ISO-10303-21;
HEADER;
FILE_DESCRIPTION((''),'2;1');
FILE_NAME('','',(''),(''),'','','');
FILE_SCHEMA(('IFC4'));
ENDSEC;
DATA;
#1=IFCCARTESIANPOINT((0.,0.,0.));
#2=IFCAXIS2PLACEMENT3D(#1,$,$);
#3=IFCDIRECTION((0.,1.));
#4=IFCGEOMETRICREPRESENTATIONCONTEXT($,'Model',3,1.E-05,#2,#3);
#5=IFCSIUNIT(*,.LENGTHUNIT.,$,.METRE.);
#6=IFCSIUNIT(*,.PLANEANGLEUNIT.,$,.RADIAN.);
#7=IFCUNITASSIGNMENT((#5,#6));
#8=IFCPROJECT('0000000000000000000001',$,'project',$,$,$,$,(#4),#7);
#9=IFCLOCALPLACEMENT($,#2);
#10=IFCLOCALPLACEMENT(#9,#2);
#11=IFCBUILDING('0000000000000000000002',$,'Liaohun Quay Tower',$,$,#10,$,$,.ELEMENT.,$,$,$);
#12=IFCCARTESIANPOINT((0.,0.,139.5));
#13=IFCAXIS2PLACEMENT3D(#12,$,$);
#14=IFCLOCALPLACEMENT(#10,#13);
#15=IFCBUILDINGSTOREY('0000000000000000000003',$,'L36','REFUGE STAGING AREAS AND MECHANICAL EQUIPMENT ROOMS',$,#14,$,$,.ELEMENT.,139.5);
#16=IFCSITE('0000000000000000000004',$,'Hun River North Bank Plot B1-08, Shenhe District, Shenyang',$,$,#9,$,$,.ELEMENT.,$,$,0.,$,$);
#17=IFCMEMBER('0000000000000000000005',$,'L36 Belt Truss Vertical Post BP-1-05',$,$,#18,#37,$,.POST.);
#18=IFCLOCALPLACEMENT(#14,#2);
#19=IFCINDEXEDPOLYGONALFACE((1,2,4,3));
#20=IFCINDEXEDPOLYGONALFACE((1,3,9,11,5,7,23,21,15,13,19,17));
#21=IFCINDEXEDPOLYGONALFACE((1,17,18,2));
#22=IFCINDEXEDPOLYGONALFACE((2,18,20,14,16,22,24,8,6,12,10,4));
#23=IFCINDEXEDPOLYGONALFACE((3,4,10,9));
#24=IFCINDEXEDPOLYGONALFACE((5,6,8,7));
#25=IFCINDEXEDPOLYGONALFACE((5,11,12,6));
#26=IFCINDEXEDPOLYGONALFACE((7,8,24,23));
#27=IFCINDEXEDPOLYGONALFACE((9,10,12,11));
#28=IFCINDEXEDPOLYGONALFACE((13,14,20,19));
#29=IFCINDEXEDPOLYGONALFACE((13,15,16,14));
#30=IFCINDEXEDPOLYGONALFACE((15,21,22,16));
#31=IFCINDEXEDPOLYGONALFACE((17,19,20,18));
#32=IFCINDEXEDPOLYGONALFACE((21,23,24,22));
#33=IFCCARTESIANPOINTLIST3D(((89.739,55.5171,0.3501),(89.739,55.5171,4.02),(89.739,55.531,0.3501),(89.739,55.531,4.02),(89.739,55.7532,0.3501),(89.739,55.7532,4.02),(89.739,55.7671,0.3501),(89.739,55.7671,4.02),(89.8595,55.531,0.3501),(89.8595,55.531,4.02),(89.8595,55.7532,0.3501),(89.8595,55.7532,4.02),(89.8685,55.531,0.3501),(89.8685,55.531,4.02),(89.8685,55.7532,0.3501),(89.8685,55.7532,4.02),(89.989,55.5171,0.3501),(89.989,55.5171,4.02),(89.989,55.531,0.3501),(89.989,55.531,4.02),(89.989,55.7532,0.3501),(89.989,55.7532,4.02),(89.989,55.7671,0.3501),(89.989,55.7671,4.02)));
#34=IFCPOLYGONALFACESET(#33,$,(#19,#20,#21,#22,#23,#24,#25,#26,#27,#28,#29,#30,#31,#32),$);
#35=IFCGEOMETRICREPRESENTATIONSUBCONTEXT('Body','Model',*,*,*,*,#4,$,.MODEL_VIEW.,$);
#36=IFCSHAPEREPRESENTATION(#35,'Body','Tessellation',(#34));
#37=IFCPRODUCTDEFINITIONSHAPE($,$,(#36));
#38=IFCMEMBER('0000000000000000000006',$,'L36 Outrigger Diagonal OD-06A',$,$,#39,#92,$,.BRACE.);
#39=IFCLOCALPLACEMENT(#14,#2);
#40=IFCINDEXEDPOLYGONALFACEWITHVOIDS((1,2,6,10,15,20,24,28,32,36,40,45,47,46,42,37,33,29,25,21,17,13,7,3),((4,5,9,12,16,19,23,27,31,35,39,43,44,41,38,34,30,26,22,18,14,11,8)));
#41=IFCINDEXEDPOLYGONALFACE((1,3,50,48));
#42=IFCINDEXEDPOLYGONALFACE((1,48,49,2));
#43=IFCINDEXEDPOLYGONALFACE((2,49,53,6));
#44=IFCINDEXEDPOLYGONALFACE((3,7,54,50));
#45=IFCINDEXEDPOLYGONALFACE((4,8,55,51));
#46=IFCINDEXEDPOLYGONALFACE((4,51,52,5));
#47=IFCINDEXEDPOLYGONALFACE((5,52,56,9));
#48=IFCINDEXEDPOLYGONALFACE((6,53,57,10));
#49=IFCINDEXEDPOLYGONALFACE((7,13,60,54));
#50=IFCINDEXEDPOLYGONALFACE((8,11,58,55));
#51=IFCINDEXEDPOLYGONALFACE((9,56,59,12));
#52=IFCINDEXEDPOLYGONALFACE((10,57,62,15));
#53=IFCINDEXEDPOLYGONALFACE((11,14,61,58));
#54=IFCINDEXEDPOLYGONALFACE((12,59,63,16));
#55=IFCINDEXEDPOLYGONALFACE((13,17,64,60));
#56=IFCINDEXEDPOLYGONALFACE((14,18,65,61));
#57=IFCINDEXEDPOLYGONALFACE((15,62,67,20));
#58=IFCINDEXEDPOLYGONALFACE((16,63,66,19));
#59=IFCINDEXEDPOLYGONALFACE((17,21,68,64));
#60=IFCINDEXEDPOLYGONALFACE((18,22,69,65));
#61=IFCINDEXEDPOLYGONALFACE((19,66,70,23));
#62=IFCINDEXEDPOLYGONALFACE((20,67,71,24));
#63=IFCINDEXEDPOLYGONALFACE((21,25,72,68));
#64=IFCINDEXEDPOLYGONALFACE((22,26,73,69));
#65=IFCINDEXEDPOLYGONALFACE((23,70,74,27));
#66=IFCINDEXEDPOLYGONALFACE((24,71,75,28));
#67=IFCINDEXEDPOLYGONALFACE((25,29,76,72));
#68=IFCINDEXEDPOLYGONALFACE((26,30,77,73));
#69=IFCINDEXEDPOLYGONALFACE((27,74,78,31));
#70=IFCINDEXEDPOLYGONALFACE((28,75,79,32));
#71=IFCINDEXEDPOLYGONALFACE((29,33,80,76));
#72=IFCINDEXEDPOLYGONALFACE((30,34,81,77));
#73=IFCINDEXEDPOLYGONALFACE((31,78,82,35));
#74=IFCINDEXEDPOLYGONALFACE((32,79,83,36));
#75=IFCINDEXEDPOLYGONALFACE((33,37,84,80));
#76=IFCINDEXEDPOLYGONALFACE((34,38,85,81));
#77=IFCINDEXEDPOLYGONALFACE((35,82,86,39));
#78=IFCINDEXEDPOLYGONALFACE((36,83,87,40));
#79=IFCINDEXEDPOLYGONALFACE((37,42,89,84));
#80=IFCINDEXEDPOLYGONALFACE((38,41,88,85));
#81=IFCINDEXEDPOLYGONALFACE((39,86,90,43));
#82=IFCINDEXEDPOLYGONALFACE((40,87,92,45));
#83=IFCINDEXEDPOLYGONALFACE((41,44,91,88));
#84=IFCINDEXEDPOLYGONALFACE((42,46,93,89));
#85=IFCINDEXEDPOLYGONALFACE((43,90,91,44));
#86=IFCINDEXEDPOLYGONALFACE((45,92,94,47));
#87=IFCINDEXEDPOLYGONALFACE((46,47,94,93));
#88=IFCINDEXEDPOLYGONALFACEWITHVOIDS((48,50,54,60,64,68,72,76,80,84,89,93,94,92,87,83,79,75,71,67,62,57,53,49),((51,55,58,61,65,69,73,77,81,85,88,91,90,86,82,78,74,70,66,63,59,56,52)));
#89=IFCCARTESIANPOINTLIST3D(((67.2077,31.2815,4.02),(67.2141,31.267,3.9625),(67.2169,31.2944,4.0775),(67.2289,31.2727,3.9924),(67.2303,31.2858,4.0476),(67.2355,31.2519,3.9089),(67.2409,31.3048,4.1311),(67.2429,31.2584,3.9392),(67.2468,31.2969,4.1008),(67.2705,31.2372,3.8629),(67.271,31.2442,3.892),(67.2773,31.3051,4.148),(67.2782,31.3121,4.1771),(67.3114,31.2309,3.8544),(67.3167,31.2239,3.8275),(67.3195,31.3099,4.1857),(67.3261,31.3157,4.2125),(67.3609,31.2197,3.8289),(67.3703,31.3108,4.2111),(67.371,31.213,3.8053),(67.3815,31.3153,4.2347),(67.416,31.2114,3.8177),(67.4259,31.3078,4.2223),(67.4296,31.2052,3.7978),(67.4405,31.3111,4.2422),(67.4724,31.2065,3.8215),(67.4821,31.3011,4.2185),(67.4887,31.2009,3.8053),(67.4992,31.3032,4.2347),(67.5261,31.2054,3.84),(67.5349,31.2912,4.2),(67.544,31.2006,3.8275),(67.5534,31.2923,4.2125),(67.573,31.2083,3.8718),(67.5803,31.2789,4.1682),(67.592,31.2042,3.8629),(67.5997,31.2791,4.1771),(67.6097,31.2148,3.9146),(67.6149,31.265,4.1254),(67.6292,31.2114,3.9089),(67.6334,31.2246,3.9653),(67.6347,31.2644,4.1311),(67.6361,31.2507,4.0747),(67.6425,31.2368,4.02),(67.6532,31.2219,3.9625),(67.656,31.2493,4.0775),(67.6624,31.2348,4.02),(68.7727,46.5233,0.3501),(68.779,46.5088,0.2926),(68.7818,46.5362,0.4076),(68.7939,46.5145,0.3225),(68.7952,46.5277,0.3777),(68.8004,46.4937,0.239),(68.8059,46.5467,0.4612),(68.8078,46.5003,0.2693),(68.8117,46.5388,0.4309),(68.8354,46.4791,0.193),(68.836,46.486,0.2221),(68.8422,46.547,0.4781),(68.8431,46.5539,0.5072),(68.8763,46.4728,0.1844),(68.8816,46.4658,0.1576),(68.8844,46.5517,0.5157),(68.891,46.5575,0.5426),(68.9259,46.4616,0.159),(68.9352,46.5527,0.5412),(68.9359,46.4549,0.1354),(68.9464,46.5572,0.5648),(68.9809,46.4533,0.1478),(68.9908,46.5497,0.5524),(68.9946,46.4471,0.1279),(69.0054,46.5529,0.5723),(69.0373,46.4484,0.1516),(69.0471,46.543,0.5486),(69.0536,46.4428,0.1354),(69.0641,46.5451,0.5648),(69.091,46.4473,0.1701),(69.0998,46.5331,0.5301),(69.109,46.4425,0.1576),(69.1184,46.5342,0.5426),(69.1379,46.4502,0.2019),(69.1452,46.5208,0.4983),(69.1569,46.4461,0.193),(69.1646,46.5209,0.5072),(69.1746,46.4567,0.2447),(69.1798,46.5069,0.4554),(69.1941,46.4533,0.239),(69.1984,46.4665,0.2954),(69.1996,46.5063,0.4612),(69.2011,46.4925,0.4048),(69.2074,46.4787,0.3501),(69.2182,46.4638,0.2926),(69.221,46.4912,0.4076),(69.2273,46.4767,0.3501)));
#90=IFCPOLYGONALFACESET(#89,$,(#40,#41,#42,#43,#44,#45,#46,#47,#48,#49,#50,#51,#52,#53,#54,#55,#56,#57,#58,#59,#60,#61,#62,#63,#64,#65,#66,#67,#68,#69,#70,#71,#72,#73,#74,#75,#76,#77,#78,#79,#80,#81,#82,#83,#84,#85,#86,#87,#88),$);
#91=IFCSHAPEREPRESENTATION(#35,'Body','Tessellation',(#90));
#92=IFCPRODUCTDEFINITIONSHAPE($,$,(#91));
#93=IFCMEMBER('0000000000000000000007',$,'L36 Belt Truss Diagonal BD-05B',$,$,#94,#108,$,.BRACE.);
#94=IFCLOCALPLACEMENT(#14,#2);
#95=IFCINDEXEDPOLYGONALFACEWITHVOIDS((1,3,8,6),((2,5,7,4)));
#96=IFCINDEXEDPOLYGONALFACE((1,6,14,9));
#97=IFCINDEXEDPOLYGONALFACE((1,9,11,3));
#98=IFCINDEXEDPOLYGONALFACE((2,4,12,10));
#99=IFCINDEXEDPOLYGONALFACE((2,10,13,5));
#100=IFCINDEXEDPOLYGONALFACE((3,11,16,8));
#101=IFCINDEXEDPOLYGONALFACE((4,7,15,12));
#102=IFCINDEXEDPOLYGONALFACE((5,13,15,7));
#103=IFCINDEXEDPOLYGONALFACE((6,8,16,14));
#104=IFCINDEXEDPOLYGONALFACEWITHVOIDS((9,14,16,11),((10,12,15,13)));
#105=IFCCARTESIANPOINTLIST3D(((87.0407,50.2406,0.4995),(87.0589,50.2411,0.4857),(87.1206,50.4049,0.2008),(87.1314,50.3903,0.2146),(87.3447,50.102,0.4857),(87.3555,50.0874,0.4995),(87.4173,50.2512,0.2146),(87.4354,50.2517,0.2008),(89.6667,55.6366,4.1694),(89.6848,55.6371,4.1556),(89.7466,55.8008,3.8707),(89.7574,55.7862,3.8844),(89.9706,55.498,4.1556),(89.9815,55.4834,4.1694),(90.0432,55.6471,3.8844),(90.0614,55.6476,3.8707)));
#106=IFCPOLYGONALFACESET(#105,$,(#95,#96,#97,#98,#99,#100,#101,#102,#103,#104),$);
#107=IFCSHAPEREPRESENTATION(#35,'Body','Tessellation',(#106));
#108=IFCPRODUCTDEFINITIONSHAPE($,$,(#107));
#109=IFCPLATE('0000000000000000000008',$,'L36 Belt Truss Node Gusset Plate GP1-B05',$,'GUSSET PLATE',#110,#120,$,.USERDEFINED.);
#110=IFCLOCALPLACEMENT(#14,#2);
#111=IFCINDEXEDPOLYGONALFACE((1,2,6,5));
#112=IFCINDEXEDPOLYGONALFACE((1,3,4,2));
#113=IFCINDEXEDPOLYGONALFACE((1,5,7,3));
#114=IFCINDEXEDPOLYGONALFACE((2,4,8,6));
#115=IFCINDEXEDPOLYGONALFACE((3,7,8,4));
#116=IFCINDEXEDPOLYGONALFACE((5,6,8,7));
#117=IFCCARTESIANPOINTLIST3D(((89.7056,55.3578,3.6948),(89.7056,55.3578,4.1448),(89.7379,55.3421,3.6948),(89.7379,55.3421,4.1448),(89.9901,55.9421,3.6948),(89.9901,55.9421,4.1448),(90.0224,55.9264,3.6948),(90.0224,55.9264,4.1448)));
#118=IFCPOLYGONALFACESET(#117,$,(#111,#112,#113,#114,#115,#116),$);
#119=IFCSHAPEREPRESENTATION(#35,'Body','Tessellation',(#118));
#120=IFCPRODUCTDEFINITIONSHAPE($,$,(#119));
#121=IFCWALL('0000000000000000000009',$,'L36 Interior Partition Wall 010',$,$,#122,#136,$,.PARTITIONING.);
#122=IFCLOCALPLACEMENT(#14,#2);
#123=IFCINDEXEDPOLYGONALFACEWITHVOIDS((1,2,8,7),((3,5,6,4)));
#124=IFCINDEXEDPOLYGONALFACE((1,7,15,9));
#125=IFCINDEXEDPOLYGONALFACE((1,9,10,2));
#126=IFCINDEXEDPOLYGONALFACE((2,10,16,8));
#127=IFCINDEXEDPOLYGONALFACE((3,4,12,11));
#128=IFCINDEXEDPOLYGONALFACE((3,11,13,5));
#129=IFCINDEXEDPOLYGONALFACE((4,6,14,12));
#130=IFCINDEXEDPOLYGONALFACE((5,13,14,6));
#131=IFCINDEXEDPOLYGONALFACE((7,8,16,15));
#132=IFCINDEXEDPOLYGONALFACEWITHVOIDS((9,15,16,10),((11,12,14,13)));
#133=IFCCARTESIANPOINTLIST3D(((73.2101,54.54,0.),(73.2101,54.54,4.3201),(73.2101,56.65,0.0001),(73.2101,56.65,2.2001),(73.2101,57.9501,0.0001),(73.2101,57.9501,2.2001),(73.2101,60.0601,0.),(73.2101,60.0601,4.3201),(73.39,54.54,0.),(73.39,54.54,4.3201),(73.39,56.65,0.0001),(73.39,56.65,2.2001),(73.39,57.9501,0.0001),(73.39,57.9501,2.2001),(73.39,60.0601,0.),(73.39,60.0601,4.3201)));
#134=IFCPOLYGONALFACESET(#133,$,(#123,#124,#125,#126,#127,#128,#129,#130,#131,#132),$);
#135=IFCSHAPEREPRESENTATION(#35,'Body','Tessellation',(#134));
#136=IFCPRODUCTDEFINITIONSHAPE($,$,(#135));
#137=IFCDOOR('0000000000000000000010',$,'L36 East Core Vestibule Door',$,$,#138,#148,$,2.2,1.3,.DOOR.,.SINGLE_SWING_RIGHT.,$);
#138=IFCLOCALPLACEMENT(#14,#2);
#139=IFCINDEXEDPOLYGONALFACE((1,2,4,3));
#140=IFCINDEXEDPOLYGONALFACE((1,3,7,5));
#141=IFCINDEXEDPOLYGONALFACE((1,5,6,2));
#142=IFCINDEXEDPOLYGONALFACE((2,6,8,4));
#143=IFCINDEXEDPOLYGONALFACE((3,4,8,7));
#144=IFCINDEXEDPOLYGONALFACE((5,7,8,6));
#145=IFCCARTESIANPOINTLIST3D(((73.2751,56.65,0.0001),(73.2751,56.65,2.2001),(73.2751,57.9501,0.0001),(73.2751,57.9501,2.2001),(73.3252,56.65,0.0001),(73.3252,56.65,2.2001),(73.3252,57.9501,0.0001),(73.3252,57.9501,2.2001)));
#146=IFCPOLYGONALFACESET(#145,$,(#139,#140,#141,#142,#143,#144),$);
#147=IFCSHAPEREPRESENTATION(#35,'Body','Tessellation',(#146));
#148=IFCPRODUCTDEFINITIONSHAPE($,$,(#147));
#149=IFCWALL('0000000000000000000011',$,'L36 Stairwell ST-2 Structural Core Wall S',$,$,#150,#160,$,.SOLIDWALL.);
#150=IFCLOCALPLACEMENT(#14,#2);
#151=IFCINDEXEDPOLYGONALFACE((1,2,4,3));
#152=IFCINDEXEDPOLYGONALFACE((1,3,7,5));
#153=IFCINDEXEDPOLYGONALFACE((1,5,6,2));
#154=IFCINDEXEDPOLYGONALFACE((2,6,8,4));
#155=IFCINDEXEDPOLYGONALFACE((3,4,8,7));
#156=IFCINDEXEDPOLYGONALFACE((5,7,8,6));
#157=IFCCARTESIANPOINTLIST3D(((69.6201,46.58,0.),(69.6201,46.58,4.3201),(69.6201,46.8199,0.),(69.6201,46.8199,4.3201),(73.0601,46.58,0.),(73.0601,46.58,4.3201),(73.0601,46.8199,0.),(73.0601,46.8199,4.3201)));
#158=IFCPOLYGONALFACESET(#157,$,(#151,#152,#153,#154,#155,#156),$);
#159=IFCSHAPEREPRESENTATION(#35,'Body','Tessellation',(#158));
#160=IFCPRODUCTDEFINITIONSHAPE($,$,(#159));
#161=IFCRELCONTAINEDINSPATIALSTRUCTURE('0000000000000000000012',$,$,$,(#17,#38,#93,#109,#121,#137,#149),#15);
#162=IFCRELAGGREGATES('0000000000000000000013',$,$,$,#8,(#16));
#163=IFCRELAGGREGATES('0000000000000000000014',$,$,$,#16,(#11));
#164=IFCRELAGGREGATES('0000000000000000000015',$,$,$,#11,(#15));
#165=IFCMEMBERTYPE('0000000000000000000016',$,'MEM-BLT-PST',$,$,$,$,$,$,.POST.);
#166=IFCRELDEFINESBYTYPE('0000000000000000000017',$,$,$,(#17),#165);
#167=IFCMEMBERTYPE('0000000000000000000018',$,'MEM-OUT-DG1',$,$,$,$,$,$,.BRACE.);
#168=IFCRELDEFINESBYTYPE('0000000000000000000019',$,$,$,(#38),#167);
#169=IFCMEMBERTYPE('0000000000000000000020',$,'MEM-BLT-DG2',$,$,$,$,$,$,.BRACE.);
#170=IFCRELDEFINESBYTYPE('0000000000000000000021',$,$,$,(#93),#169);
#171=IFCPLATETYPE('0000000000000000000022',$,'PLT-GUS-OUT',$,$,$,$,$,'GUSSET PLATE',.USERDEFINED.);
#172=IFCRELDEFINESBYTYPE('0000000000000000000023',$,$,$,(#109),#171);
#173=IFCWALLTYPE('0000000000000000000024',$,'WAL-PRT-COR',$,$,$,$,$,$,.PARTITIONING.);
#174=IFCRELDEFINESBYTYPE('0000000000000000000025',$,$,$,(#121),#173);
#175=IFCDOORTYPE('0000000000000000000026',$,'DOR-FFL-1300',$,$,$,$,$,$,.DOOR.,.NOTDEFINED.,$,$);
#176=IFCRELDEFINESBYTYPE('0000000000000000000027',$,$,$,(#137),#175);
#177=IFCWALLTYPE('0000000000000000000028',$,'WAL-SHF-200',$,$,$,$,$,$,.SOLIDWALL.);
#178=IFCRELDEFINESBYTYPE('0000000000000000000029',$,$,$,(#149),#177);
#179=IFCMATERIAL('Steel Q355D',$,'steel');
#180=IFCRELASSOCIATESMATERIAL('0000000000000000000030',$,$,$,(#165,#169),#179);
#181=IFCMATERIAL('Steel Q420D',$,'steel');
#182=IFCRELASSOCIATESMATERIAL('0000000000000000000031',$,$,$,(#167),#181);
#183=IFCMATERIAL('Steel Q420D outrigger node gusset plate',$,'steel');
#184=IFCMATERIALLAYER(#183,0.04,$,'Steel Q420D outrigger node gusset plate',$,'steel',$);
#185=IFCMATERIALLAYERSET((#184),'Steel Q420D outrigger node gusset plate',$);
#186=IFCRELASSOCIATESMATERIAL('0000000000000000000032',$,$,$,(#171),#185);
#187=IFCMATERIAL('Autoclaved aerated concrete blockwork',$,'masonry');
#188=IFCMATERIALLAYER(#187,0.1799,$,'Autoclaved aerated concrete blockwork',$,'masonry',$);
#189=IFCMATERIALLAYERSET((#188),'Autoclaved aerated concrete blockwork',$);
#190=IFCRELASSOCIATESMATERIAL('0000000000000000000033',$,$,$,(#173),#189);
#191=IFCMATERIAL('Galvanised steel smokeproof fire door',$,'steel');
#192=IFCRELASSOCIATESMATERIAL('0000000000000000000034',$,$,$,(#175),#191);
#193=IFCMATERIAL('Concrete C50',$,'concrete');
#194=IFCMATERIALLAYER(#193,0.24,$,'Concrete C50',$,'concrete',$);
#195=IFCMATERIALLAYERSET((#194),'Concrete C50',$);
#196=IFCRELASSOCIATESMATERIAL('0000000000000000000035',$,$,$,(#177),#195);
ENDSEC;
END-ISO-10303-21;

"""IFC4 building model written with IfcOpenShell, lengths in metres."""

from ifc_helpers import new_model, si_unit, direction, frame, frame_2d, origin, origin_2d, place, context, subcontext, project, spatial, rectangle, hollow_rectangle, hollow_circle, i_section, extrude, source, transform, mapped, material, layer, layer_set, material_profile, profile_set, type_object, element, fill, save


model = new_model("IFC4")

# Units and contexts
model_context = context("Model", 3, precision=1e-05, world=origin(), true_north=direction((0.0, 1.0)))
body_context = subcontext(model_context, "Body", "Model", "MODEL_VIEW")
ifc_project = project(units=[si_unit("LENGTHUNIT", "METRE"), si_unit("PLANEANGLEUNIT", "RADIAN")], contexts=[model_context])

# Site, building, storey
site_placement = place(None, origin())
site = spatial("IfcSite", under=ifc_project, at=site_placement, Name="Hun River North Bank Plot B1-08, Shenhe District, Shenyang", CompositionType="ELEMENT", RefElevation=0.0)
building_placement = place(site_placement, origin())
building = spatial("IfcBuilding", under=site, at=building_placement, Name="Liaohun Quay Tower", CompositionType="ELEMENT")
storey_placement = place(building_placement, frame((0.0, 0.0, 139.5)))
storey = spatial("IfcBuildingStorey", under=building, at=storey_placement, Name="L36", Description="REFUGE STAGING AREAS AND MECHANICAL EQUIPMENT ROOMS", CompositionType="ELEMENT", Elevation=139.5)

# Members
ifc_material_1 = material(Name="Steel Q355D", Category="steel")
ifc_material_profile_1 = material_profile(ifc_material_1, i_section(OverallWidth=0.25, OverallDepth=0.25, WebThickness=0.009, FlangeThickness=0.0139, at=origin_2d()), Name="HW250x250x9x14")
ifc_profile_set_1 = profile_set([ifc_material_profile_1], Name="Steel Q355D")
member_type_1 = type_object("IfcMemberType", Name="MEM-BLT-PST", PredefinedType="POST", material=ifc_profile_set_1)
shared_shape_1 = source(origin(), body_context, "Body", "SweptSolid", [
    extrude(i_section(OverallWidth=0.25, OverallDepth=0.25, WebThickness=0.009, FlangeThickness=0.0139, at=origin_2d()), origin(), (0.0, 0.0, 1.0), 3.6699),
])
member_1_placement = place(storey_placement, frame((89.864, 55.6421, 0.3501), z_axis=(0.0, 0.0, 1.0), x_axis=(1.0, 0.0, 0.0)))
element("IfcMember", 1, at=member_1_placement, inside=storey, type_object=member_type_1, Name="L36 Belt Truss Vertical Post BP-1-05", PredefinedType="POST", context=body_context, shape_type="MappedRepresentation", body=[
    mapped(shared_shape_1, transform((0.0, 0.0, 0.0), x_axis=(1.0, 0.0, 0.0), y_axis=(0.0, 1.0, 0.0), z_axis=(0.0, 0.0, 1.0), scale=1.0)),
])
ifc_material_2 = material(Name="Steel Q420D", Category="steel")
ifc_material_profile_2 = material_profile(ifc_material_2, hollow_circle(Radius=0.2285, WallThickness=0.02, at=origin_2d()), Name="CHS457x20")
ifc_profile_set_2 = profile_set([ifc_material_profile_2], Name="Steel Q420D")
member_type_2 = type_object("IfcMemberType", Name="MEM-OUT-DG1", PredefinedType="BRACE", material=ifc_profile_set_2)
shared_shape_2 = source(origin(), body_context, "Body", "SweptSolid", [
    extrude(hollow_circle(Radius=0.2285, WallThickness=0.02, at=origin_2d()), origin(), (0.0, 0.0, 1.0), 15.7554),
])
member_2_placement = place(storey_placement, frame((69.0, 46.5, 0.3501), z_axis=(-0.099327, -0.967408, 0.23293), x_axis=(0.99477, -0.102136, 0.0)))
element("IfcMember", 2, at=member_2_placement, inside=storey, type_object=member_type_2, Name="L36 Outrigger Diagonal OD-06A", PredefinedType="BRACE", context=body_context, shape_type="MappedRepresentation", body=[
    mapped(shared_shape_2, transform((0.0, 0.0, 0.0), x_axis=(1.0, 0.0, 0.0), y_axis=(0.0, 1.0, 0.0), z_axis=(0.0, 0.0, 1.0), scale=1.0)),
])
ifc_material_profile_3 = material_profile(ifc_material_1, hollow_rectangle(XDim=0.3501, YDim=0.3501, WallThickness=0.0161, at=origin_2d()), Name="SHS350x350x16")
ifc_profile_set_3 = profile_set([ifc_material_profile_3], Name="Steel Q355D")
member_type_3 = type_object("IfcMemberType", Name="MEM-BLT-DG2", PredefinedType="BRACE", material=ifc_profile_set_3)
shared_shape_3 = source(origin(), body_context, "Body", "SweptSolid", [
    extrude(hollow_rectangle(XDim=0.3501, YDim=0.3501, WallThickness=0.0161, at=origin_2d()), origin(), (0.0, 0.0, 1.0), 7.0342),
])
member_3_placement = place(storey_placement, frame((89.864, 55.6421, 4.02), z_axis=(-0.373312, -0.767102, -0.521721), x_axis=(0.899176, -0.437587, 0.0)))
element("IfcMember", 3, at=member_3_placement, inside=storey, type_object=member_type_3, Name="L36 Belt Truss Diagonal BD-05B", PredefinedType="BRACE", context=body_context, shape_type="MappedRepresentation", body=[
    mapped(shared_shape_3, transform((0.0, 0.0, 0.0), x_axis=(1.0, 0.0, 0.0), y_axis=(0.0, 1.0, 0.0), z_axis=(0.0, 0.0, 1.0), scale=1.0)),
])

# Plate
ifc_material_3 = material(Name="Steel Q420D outrigger node gusset plate", Category="steel")
ifc_layer_1 = layer(ifc_material_3, 0.04, Name="Steel Q420D outrigger node gusset plate", Category="steel")
ifc_layer_set_1 = layer_set([ifc_layer_1], Name="Steel Q420D outrigger node gusset plate")
plate_type = type_object("IfcPlateType", Name="PLT-GUS-OUT", ElementType="GUSSET PLATE", PredefinedType="USERDEFINED", material=ifc_layer_set_1)
shared_shape_4 = source(origin(), body_context, "Body", "SweptSolid", [
    extrude(rectangle(XDim=0.6499, YDim=0.0359, at=origin_2d()), origin(), (0.0, 0.0, 1.0), 0.45),
])
plate_placement = place(storey_placement, frame((89.864, 55.6421, 3.6948), z_axis=(0.0, 0.0, 1.0), x_axis=(-0.437744, -0.8991, 0.0)))
element("IfcPlate", 4, at=plate_placement, inside=storey, type_object=plate_type, Name="L36 Belt Truss Node Gusset Plate GP1-B05", ObjectType="GUSSET PLATE", PredefinedType="USERDEFINED", context=body_context, shape_type="MappedRepresentation", body=[
    mapped(shared_shape_4, transform((0.0, 0.0, 0.0), x_axis=(1.0, 0.0, 0.0), y_axis=(0.0, 1.0, 0.0), z_axis=(0.0, 0.0, 1.0), scale=1.0)),
])

# Wall, opening, door
ifc_material_4 = material(Name="Autoclaved aerated concrete blockwork", Category="masonry")
ifc_layer_2 = layer(ifc_material_4, 0.1799, Name="Autoclaved aerated concrete blockwork", Category="masonry")
ifc_layer_set_2 = layer_set([ifc_layer_2], Name="Autoclaved aerated concrete blockwork")
wall_type_1 = type_object("IfcWallType", Name="WAL-PRT-COR", PredefinedType="PARTITIONING", material=ifc_layer_set_2)
wall_1_placement = place(storey_placement, frame((73.3, 54.54, 0.0), z_axis=(0.0, 0.0, 1.0), x_axis=(0.0, 1.0, 0.0)))
wall_1 = element("IfcWall", 5, at=wall_1_placement, inside=storey, type_object=wall_type_1, Name="L36 Interior Partition Wall 010", PredefinedType="PARTITIONING", context=body_context, shape_type="SweptSolid", body=[
    extrude(rectangle(XDim=5.52, YDim=0.1799, at=frame_2d((2.76, 0.0))), origin(), (0.0, 0.0, 1.0), 4.3201),
])
shared_shape_5 = source(origin(), body_context, "Body", "SweptSolid", [
    extrude(rectangle(XDim=1.3, YDim=2.2, at=frame_2d((0.6499, 1.1001))), frame((0.0, 0.0999, 0.0), z_axis=(0.0, -1.0, 0.0), x_axis=(1.0, 0.0, 0.0)), (0.0, 0.0, 1.0), 0.2),
])
opening_1_placement = place(wall_1_placement, frame((2.1101, 0.0, 0.0)))
opening_1 = element("IfcOpeningElement", 6, at=opening_1_placement, cuts=wall_1, PredefinedType="OPENING", context=body_context, shape_type="MappedRepresentation", body=[
    mapped(shared_shape_5, transform((0.0, 0.0, 0.0), x_axis=(1.0, 0.0, 0.0), y_axis=(0.0, 1.0, 0.0), z_axis=(0.0, 0.0, 1.0), scale=1.0)),
])
ifc_material_5 = material(Name="Galvanised steel smokeproof fire door", Category="steel")
door_type_1 = type_object("IfcDoorType", Name="DOR-FFL-1300", OperationType="NOTDEFINED", PredefinedType="DOOR", material=ifc_material_5)
shared_shape_6 = source(origin(), body_context, "Body", "SweptSolid", [
    extrude(rectangle(XDim=1.3, YDim=2.2, at=frame_2d((0.6499, 1.1001))), frame((0.0, 0.0249, 0.0), z_axis=(0.0, -1.0, 0.0), x_axis=(1.0, 0.0, 0.0)), (0.0, 0.0, 1.0), 0.05),
])
door_1_placement = place(opening_1_placement, origin())
door_1 = element("IfcDoor", 7, at=door_1_placement, inside=storey, type_object=door_type_1, Name="L36 East Core Vestibule Door", OperationType="SINGLE_SWING_RIGHT", OverallHeight=2.2, OverallWidth=1.3, PredefinedType="DOOR", context=body_context, shape_type="MappedRepresentation", body=[
    mapped(shared_shape_6, transform((0.0, 0.0, 0.0), x_axis=(1.0, 0.0, 0.0), y_axis=(0.0, 1.0, 0.0), z_axis=(0.0, 0.0, 1.0), scale=1.0)),
])
fill(opening_1, door_1)

# Wall
ifc_material_6 = material(Name="Concrete C50", Category="concrete")
ifc_layer_3 = layer(ifc_material_6, 0.24, Name="Concrete C50", Category="concrete")
ifc_layer_set_3 = layer_set([ifc_layer_3], Name="Concrete C50")
wall_type_2 = type_object("IfcWallType", Name="WAL-SHF-200", PredefinedType="SOLIDWALL", material=ifc_layer_set_3)
wall_2_placement = place(storey_placement, frame((69.6201, 46.7, 0.0), z_axis=(0.0, 0.0, 1.0), x_axis=(1.0, 0.0, 0.0)))
element("IfcWall", 8, at=wall_2_placement, inside=storey, type_object=wall_type_2, Name="L36 Stairwell ST-2 Structural Core Wall S", PredefinedType="SOLIDWALL", context=body_context, shape_type="SweptSolid", body=[
    extrude(rectangle(XDim=3.4399, YDim=0.24, at=frame_2d((1.72, 0.0))), origin(), (0.0, 0.0, 1.0), 4.3201),
])

save(model, "model.ifc")
